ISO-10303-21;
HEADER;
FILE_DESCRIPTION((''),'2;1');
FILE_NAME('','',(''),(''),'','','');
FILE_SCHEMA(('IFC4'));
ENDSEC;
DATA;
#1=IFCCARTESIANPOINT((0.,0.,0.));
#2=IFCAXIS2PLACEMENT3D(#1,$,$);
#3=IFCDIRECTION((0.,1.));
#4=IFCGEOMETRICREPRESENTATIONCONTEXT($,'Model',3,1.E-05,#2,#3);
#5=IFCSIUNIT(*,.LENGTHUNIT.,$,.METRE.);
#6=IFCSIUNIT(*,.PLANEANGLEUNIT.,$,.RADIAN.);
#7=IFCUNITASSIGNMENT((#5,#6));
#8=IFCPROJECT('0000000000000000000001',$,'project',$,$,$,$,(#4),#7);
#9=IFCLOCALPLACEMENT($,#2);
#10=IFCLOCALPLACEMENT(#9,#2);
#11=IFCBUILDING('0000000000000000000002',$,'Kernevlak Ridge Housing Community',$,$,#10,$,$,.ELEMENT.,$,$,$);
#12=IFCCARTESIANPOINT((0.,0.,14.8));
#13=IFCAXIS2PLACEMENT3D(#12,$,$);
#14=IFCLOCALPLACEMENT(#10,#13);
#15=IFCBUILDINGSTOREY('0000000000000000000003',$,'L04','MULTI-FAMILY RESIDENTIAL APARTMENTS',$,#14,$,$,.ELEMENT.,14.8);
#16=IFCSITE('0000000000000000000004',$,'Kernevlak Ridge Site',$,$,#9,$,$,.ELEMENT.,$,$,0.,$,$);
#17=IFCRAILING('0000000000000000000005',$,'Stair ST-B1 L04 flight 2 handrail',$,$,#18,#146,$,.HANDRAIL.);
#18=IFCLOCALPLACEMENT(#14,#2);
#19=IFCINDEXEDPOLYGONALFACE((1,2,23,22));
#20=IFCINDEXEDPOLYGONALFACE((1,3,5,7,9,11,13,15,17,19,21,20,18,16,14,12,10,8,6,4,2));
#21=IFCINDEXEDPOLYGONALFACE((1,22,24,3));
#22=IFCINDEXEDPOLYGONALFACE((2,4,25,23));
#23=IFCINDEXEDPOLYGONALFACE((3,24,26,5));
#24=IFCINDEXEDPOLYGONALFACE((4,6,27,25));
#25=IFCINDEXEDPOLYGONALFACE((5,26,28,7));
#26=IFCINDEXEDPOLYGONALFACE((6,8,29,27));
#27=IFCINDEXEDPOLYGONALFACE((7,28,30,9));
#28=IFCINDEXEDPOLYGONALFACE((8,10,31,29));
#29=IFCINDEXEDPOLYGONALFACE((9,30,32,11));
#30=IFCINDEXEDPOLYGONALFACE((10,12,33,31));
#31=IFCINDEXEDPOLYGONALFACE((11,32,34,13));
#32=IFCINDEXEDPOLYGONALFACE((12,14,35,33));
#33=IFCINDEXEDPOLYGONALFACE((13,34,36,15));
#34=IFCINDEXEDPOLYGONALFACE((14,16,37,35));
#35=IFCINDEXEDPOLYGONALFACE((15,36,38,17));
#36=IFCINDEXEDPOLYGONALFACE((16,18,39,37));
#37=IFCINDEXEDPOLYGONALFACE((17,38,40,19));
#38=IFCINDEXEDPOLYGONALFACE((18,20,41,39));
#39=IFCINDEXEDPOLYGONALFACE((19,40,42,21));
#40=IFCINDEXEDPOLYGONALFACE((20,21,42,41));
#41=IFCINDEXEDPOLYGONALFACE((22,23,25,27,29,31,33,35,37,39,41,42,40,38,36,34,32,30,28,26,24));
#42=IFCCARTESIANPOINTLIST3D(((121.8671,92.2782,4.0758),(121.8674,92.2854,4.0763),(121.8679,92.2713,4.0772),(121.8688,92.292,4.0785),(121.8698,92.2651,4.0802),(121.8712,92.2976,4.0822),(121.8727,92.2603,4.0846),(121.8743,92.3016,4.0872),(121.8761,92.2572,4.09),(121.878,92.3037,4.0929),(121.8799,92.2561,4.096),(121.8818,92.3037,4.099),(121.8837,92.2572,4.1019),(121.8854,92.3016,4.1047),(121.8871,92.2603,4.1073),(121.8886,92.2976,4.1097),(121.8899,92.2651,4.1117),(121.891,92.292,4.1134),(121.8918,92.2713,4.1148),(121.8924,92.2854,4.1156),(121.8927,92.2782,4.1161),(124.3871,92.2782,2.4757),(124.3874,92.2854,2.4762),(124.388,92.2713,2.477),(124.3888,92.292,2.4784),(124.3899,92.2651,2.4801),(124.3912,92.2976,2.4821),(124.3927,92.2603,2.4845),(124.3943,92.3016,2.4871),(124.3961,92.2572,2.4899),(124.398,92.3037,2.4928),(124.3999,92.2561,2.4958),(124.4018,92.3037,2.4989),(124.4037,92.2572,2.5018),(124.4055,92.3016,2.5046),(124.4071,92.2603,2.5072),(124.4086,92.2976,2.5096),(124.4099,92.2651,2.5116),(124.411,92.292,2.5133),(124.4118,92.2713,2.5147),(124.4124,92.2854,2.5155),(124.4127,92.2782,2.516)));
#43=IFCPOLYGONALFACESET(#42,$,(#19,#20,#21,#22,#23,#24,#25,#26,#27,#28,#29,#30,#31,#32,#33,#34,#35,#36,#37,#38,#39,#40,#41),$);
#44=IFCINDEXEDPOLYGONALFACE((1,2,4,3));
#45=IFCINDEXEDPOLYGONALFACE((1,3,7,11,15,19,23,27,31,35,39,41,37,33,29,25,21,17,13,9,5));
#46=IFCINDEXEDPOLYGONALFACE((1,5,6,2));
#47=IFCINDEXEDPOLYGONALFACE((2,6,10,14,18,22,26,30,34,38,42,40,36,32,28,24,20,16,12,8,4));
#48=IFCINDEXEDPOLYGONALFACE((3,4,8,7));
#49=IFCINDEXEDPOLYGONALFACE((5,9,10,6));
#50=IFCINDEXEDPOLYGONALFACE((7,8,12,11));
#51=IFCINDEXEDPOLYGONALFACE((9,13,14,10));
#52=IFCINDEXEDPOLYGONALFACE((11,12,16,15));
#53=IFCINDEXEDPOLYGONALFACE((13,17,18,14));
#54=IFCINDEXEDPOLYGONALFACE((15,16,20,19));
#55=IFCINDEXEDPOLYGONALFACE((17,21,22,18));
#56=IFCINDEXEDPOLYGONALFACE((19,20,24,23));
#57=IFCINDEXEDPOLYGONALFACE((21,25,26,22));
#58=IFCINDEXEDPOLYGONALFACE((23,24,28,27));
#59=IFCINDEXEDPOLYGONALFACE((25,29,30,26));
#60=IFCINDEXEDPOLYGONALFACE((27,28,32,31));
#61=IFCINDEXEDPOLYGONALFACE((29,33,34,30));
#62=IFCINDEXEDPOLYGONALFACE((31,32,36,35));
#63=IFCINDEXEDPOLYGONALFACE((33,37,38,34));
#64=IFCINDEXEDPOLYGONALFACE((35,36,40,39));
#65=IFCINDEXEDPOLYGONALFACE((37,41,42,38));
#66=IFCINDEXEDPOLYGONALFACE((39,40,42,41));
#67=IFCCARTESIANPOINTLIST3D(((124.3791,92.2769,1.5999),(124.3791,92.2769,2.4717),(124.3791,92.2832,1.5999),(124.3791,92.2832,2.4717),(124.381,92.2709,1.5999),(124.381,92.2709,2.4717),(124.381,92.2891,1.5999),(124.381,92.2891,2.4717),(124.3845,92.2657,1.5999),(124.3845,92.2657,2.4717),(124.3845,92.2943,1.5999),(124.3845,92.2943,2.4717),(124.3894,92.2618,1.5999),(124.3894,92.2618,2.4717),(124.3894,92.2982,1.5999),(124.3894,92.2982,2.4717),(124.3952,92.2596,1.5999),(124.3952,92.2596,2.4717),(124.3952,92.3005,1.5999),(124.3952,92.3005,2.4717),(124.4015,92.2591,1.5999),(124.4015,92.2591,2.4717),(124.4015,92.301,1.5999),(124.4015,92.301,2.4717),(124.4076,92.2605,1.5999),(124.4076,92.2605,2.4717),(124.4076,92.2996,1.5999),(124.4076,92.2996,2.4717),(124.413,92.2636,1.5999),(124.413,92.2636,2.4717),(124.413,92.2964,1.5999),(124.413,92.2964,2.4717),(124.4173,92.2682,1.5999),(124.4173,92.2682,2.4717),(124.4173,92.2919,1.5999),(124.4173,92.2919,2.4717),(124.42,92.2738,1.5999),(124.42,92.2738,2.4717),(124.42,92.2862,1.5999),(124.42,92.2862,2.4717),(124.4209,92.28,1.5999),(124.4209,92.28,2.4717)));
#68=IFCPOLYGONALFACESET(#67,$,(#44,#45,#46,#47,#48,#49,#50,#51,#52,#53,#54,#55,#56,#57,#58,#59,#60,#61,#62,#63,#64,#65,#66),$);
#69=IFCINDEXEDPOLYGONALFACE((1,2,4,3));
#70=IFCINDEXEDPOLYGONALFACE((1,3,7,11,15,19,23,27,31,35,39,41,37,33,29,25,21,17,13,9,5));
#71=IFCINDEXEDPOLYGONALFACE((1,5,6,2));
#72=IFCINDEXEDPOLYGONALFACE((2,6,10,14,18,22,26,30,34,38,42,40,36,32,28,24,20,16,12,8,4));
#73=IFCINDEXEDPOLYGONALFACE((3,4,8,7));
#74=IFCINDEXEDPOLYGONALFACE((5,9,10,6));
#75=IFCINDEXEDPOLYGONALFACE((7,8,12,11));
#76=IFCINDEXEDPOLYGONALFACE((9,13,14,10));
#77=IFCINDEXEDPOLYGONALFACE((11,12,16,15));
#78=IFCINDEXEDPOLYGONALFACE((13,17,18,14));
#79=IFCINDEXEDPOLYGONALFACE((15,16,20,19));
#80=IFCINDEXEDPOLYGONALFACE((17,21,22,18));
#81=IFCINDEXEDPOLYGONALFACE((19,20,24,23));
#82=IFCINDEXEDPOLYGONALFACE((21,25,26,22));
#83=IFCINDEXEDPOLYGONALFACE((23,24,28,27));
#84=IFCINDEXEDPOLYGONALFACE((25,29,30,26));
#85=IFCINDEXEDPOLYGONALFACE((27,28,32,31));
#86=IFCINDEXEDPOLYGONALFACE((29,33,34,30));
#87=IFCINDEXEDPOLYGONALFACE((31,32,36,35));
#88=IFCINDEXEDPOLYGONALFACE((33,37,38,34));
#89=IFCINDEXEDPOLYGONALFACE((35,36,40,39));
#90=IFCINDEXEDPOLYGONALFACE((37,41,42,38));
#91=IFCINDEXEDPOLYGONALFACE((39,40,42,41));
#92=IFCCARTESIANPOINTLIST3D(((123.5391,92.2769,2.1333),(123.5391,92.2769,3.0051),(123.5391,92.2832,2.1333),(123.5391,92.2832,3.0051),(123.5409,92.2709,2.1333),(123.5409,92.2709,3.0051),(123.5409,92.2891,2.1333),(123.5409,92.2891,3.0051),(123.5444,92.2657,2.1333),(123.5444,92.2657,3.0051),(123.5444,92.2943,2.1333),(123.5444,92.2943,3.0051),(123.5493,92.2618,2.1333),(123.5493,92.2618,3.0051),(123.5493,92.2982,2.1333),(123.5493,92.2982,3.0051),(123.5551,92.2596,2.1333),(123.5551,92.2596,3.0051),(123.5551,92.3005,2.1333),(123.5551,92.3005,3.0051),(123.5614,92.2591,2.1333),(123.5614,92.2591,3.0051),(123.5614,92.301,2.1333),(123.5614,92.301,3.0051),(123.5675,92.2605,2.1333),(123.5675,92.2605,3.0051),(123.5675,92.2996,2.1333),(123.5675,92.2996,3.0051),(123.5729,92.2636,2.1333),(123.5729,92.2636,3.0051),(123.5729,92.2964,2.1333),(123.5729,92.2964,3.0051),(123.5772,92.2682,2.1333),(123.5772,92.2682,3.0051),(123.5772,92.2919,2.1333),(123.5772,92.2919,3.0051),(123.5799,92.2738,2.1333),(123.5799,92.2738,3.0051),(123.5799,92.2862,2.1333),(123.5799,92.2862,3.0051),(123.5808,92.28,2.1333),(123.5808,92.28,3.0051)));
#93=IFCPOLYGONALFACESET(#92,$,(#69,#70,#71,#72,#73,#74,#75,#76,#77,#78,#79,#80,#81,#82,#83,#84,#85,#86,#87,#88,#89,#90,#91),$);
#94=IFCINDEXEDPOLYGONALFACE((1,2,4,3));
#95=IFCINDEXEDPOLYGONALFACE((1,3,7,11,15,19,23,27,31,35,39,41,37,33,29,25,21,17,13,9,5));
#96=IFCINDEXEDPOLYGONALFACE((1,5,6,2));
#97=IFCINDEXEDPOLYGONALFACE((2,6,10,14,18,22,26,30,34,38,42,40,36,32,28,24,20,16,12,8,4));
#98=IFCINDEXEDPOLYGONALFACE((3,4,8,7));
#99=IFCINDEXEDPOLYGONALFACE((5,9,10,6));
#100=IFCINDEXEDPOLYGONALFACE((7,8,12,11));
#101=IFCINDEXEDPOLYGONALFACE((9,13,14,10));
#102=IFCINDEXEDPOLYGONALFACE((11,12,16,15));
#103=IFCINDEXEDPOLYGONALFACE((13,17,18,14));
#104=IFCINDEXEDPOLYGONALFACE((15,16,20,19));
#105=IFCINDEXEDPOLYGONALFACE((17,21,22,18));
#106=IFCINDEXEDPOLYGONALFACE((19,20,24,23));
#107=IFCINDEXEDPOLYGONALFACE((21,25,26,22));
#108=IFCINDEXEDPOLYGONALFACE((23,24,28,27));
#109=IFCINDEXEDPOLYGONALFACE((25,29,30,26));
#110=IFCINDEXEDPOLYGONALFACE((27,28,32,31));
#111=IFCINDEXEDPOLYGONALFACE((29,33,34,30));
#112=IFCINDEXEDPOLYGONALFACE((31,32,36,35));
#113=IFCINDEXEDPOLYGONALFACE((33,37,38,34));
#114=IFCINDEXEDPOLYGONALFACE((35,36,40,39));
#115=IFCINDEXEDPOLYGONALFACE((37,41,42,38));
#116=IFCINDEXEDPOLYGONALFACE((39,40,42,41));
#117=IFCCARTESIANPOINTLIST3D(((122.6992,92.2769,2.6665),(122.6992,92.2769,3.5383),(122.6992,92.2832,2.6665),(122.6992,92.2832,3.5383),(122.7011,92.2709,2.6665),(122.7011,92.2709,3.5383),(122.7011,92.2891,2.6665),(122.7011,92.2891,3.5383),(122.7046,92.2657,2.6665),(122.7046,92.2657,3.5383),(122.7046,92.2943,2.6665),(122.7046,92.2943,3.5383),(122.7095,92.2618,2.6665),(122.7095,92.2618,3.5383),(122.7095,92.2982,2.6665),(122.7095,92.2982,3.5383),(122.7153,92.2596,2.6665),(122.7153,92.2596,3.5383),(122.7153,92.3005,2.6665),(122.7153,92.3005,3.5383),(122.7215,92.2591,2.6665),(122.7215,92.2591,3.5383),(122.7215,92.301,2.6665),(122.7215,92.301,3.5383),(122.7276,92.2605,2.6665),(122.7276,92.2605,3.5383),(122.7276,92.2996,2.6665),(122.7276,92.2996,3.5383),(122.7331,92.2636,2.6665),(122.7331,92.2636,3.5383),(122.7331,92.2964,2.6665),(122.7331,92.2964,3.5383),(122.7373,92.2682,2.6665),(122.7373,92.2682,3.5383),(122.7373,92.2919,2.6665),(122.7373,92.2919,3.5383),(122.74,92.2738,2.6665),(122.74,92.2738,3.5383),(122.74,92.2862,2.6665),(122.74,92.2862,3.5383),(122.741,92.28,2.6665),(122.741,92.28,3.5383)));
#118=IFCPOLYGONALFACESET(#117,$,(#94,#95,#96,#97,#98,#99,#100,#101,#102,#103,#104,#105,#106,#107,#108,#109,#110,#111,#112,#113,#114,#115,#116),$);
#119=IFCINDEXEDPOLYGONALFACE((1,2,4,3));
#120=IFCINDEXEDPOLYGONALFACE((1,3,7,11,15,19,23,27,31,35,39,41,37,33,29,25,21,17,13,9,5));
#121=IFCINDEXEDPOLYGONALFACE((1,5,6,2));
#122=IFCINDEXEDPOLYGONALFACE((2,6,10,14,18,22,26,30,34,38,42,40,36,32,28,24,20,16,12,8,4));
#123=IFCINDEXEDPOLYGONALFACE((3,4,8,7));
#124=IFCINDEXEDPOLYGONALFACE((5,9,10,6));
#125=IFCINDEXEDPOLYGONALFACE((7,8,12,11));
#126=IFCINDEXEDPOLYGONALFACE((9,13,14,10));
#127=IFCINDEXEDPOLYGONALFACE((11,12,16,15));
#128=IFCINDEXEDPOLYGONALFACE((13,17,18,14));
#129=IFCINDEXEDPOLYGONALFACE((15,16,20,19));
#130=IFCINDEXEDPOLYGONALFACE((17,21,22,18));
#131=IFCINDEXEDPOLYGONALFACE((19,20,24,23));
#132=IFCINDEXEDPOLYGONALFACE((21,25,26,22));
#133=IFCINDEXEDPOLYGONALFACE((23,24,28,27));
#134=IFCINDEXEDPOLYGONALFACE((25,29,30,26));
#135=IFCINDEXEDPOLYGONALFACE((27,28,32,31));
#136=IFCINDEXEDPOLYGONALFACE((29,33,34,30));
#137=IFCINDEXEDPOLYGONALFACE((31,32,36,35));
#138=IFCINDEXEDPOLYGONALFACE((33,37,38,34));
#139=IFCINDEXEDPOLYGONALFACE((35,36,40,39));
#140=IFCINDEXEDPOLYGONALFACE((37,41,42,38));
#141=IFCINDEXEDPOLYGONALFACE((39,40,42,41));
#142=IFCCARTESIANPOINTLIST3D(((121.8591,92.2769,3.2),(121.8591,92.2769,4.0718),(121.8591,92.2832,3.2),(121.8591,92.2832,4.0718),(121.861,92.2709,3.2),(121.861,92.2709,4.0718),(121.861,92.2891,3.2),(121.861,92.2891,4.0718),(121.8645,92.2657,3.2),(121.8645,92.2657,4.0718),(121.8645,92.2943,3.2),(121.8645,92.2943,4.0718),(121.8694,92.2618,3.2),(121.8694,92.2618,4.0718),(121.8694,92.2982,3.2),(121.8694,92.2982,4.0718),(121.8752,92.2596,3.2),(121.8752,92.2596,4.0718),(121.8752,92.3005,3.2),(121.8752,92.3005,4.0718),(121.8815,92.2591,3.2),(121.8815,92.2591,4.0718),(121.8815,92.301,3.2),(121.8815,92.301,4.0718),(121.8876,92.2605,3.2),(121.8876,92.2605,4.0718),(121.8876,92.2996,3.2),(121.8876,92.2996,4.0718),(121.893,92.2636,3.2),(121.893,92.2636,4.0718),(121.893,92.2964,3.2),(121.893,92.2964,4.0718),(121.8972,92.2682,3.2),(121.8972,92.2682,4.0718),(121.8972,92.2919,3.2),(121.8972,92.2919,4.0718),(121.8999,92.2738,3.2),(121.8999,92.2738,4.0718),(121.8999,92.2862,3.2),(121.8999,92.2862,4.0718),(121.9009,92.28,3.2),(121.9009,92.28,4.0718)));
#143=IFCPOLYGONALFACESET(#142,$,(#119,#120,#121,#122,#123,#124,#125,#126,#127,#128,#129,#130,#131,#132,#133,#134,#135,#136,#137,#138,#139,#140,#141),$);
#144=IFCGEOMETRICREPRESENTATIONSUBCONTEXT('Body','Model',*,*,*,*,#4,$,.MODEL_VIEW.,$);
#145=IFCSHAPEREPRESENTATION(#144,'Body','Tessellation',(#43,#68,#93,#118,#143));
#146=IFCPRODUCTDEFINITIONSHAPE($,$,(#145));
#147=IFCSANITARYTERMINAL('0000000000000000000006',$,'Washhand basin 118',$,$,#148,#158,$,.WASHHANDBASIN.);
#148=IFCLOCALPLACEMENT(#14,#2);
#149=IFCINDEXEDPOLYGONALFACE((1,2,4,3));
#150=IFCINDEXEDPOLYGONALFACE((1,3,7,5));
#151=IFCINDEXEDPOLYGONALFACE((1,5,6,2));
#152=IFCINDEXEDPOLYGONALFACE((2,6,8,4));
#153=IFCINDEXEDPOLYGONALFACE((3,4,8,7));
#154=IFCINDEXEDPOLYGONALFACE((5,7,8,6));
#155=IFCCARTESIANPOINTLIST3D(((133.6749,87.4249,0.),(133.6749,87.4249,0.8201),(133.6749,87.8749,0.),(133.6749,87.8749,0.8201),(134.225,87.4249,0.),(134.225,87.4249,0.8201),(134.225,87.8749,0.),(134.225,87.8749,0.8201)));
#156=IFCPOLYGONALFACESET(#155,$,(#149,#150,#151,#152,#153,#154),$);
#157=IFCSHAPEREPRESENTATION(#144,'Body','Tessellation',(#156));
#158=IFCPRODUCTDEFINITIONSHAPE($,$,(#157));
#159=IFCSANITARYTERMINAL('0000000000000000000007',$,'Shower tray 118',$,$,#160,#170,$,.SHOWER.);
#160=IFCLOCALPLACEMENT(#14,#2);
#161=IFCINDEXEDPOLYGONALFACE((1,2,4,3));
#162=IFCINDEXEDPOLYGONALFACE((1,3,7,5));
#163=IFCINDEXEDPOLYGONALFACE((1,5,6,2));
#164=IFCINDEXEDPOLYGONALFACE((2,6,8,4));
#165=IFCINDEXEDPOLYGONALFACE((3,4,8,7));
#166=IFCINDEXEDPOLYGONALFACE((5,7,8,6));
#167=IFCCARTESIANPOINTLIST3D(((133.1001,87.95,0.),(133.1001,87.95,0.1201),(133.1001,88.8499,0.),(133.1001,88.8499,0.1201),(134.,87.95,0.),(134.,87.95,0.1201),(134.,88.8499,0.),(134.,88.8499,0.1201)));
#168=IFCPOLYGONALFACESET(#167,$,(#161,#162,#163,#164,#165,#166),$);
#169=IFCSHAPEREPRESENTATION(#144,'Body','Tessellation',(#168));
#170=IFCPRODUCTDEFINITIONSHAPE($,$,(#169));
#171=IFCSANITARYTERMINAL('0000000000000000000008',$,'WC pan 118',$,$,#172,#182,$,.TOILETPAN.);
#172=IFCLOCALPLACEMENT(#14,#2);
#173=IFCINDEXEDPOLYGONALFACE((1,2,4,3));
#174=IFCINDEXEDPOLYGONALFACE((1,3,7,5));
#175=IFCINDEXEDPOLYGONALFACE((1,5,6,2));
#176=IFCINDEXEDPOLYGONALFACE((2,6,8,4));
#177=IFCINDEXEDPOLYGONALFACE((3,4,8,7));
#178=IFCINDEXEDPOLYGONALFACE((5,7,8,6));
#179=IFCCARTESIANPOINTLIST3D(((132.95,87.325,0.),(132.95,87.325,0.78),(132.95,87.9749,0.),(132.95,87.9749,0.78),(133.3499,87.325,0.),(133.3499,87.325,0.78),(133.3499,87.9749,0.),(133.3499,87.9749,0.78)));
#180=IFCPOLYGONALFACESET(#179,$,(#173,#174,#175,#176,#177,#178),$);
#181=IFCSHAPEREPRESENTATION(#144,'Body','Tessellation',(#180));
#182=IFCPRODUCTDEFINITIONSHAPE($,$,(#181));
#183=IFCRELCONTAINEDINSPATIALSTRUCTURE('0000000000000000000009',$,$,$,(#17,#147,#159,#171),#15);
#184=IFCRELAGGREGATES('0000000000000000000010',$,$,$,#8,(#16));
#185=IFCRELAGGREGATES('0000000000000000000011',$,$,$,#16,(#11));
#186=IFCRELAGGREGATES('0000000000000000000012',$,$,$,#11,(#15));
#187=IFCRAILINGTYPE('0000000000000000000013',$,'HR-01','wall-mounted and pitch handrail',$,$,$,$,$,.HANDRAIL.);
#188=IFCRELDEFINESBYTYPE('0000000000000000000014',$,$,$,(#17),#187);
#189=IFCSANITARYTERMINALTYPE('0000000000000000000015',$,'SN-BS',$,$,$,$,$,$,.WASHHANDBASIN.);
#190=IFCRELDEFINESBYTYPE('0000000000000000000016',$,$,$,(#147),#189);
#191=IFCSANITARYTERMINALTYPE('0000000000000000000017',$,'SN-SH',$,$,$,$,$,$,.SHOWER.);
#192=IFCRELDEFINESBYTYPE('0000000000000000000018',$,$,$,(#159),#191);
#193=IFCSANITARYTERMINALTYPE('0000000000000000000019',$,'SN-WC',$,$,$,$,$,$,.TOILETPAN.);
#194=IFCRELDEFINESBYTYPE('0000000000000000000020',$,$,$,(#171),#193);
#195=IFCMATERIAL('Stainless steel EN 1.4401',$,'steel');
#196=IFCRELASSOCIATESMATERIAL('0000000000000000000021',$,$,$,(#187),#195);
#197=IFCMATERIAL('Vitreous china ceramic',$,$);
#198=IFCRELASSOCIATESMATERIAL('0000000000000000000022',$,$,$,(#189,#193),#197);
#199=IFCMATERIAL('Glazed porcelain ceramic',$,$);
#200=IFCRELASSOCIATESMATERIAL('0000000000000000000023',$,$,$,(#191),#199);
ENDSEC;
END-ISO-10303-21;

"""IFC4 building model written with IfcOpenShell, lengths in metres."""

from ifc_helpers import new_model, si_unit, direction, frame, origin, origin_2d, place, context, subcontext, project, spatial, rectangle, circle, extrude, material, type_object, element, save


model = new_model("IFC4")

# Units and contexts
model_context = context("Model", 3, precision=1e-05, world=origin(), true_north=direction((0.0, 1.0)))
body_context = subcontext(model_context, "Body", "Model", "MODEL_VIEW")
ifc_project = project(units=[si_unit("LENGTHUNIT", "METRE"), si_unit("PLANEANGLEUNIT", "RADIAN")], contexts=[model_context])

# Site, building, storey
site_placement = place(None, origin())
site = spatial("IfcSite", under=ifc_project, at=site_placement, Name="Kernevlak Ridge Site", CompositionType="ELEMENT", RefElevation=0.0)
building_placement = place(site_placement, origin())
building = spatial("IfcBuilding", under=site, at=building_placement, Name="Kernevlak Ridge Housing Community", CompositionType="ELEMENT")
storey_placement = place(building_placement, frame((0.0, 0.0, 14.8)))
storey = spatial("IfcBuildingStorey", under=building, at=storey_placement, Name="L04", Description="MULTI-FAMILY RESIDENTIAL APARTMENTS", CompositionType="ELEMENT", Elevation=14.8)

# Shared definitions
ifc_material_1 = material(Name="Stainless steel EN 1.4401", Category="steel")

# Railing
railing_type_1 = type_object("IfcRailingType", Name="HR-01", Description="wall-mounted and pitch handrail", PredefinedType="HANDRAIL", material=ifc_material_1)
railing_1_placement = place(storey_placement, frame((124.3999, 92.28, 1.5999)))
element("IfcRailing", 1, at=railing_1_placement, inside=storey, type_object=railing_type_1, Name="Stair ST-B1 L04 flight 2 handrail", PredefinedType="HANDRAIL", context=body_context, shape_type="SweptSolid", body=[
    extrude(circle(Radius=0.0239, at=origin_2d()), frame((0.0, 0.0, 0.896), z_axis=(-0.8442, 0.0, 0.536028), x_axis=(0.0, -1.0, 0.0)), (0.0, 0.0, 1.0), 2.9851),
    extrude(circle(Radius=0.021, at=origin_2d()), origin(), (0.0, 0.0, 1.0), 0.8718),
    extrude(circle(Radius=0.021, at=origin_2d()), frame((-0.8401, 0.0, 0.5334)), (0.0, 0.0, 1.0), 0.8718),
    extrude(circle(Radius=0.021, at=origin_2d()), frame((-1.6799, 0.0, 1.0667)), (0.0, 0.0, 1.0), 0.8718),
    extrude(circle(Radius=0.021, at=origin_2d()), frame((-2.52, 0.0, 1.6001)), (0.0, 0.0, 1.0), 0.8718),
])

# Sanitary terminals
ifc_material_2 = material(Name="Vitreous china ceramic")
sanitary_terminal_type_1 = type_object("IfcSanitaryTerminalType", Name="SN-BS", PredefinedType="WASHHANDBASIN", material=ifc_material_2)
sanitary_terminal_1_placement = place(storey_placement, frame((133.95, 87.6499, 0.0), z_axis=(0.0, 0.0, 1.0), x_axis=(1.0, 0.0, 0.0)))
element("IfcSanitaryTerminal", 2, at=sanitary_terminal_1_placement, inside=storey, type_object=sanitary_terminal_type_1, Name="Washhand basin 118", PredefinedType="WASHHANDBASIN", context=body_context, shape_type="SweptSolid", body=[
    extrude(rectangle(XDim=0.55, YDim=0.45, at=origin_2d()), origin(), (0.0, 0.0, 1.0), 0.8201),
])
ifc_material_3 = material(Name="Glazed porcelain ceramic")
sanitary_terminal_type_2 = type_object("IfcSanitaryTerminalType", Name="SN-SH", PredefinedType="SHOWER", material=ifc_material_3)
sanitary_terminal_2_placement = place(storey_placement, frame((133.55, 88.3999, 0.0), z_axis=(0.0, 0.0, 1.0), x_axis=(1.0, 0.0, 0.0)))
element("IfcSanitaryTerminal", 3, at=sanitary_terminal_2_placement, inside=storey, type_object=sanitary_terminal_type_2, Name="Shower tray 118", PredefinedType="SHOWER", context=body_context, shape_type="SweptSolid", body=[
    extrude(rectangle(XDim=0.8999, YDim=0.8999, at=origin_2d()), origin(), (0.0, 0.0, 1.0), 0.1201),
])
sanitary_terminal_type_3 = type_object("IfcSanitaryTerminalType", Name="SN-WC", PredefinedType="TOILETPAN", material=ifc_material_2)
sanitary_terminal_3_placement = place(storey_placement, frame((133.1499, 87.6499, 0.0), z_axis=(0.0, 0.0, 1.0), x_axis=(1.0, 0.0, 0.0)))
element("IfcSanitaryTerminal", 4, at=sanitary_terminal_3_placement, inside=storey, type_object=sanitary_terminal_type_3, Name="WC pan 118", PredefinedType="TOILETPAN", context=body_context, shape_type="SweptSolid", body=[
    extrude(rectangle(XDim=0.3999, YDim=0.6499, at=origin_2d()), origin(), (0.0, 0.0, 1.0), 0.78),
])

save(model, "model.ifc")
